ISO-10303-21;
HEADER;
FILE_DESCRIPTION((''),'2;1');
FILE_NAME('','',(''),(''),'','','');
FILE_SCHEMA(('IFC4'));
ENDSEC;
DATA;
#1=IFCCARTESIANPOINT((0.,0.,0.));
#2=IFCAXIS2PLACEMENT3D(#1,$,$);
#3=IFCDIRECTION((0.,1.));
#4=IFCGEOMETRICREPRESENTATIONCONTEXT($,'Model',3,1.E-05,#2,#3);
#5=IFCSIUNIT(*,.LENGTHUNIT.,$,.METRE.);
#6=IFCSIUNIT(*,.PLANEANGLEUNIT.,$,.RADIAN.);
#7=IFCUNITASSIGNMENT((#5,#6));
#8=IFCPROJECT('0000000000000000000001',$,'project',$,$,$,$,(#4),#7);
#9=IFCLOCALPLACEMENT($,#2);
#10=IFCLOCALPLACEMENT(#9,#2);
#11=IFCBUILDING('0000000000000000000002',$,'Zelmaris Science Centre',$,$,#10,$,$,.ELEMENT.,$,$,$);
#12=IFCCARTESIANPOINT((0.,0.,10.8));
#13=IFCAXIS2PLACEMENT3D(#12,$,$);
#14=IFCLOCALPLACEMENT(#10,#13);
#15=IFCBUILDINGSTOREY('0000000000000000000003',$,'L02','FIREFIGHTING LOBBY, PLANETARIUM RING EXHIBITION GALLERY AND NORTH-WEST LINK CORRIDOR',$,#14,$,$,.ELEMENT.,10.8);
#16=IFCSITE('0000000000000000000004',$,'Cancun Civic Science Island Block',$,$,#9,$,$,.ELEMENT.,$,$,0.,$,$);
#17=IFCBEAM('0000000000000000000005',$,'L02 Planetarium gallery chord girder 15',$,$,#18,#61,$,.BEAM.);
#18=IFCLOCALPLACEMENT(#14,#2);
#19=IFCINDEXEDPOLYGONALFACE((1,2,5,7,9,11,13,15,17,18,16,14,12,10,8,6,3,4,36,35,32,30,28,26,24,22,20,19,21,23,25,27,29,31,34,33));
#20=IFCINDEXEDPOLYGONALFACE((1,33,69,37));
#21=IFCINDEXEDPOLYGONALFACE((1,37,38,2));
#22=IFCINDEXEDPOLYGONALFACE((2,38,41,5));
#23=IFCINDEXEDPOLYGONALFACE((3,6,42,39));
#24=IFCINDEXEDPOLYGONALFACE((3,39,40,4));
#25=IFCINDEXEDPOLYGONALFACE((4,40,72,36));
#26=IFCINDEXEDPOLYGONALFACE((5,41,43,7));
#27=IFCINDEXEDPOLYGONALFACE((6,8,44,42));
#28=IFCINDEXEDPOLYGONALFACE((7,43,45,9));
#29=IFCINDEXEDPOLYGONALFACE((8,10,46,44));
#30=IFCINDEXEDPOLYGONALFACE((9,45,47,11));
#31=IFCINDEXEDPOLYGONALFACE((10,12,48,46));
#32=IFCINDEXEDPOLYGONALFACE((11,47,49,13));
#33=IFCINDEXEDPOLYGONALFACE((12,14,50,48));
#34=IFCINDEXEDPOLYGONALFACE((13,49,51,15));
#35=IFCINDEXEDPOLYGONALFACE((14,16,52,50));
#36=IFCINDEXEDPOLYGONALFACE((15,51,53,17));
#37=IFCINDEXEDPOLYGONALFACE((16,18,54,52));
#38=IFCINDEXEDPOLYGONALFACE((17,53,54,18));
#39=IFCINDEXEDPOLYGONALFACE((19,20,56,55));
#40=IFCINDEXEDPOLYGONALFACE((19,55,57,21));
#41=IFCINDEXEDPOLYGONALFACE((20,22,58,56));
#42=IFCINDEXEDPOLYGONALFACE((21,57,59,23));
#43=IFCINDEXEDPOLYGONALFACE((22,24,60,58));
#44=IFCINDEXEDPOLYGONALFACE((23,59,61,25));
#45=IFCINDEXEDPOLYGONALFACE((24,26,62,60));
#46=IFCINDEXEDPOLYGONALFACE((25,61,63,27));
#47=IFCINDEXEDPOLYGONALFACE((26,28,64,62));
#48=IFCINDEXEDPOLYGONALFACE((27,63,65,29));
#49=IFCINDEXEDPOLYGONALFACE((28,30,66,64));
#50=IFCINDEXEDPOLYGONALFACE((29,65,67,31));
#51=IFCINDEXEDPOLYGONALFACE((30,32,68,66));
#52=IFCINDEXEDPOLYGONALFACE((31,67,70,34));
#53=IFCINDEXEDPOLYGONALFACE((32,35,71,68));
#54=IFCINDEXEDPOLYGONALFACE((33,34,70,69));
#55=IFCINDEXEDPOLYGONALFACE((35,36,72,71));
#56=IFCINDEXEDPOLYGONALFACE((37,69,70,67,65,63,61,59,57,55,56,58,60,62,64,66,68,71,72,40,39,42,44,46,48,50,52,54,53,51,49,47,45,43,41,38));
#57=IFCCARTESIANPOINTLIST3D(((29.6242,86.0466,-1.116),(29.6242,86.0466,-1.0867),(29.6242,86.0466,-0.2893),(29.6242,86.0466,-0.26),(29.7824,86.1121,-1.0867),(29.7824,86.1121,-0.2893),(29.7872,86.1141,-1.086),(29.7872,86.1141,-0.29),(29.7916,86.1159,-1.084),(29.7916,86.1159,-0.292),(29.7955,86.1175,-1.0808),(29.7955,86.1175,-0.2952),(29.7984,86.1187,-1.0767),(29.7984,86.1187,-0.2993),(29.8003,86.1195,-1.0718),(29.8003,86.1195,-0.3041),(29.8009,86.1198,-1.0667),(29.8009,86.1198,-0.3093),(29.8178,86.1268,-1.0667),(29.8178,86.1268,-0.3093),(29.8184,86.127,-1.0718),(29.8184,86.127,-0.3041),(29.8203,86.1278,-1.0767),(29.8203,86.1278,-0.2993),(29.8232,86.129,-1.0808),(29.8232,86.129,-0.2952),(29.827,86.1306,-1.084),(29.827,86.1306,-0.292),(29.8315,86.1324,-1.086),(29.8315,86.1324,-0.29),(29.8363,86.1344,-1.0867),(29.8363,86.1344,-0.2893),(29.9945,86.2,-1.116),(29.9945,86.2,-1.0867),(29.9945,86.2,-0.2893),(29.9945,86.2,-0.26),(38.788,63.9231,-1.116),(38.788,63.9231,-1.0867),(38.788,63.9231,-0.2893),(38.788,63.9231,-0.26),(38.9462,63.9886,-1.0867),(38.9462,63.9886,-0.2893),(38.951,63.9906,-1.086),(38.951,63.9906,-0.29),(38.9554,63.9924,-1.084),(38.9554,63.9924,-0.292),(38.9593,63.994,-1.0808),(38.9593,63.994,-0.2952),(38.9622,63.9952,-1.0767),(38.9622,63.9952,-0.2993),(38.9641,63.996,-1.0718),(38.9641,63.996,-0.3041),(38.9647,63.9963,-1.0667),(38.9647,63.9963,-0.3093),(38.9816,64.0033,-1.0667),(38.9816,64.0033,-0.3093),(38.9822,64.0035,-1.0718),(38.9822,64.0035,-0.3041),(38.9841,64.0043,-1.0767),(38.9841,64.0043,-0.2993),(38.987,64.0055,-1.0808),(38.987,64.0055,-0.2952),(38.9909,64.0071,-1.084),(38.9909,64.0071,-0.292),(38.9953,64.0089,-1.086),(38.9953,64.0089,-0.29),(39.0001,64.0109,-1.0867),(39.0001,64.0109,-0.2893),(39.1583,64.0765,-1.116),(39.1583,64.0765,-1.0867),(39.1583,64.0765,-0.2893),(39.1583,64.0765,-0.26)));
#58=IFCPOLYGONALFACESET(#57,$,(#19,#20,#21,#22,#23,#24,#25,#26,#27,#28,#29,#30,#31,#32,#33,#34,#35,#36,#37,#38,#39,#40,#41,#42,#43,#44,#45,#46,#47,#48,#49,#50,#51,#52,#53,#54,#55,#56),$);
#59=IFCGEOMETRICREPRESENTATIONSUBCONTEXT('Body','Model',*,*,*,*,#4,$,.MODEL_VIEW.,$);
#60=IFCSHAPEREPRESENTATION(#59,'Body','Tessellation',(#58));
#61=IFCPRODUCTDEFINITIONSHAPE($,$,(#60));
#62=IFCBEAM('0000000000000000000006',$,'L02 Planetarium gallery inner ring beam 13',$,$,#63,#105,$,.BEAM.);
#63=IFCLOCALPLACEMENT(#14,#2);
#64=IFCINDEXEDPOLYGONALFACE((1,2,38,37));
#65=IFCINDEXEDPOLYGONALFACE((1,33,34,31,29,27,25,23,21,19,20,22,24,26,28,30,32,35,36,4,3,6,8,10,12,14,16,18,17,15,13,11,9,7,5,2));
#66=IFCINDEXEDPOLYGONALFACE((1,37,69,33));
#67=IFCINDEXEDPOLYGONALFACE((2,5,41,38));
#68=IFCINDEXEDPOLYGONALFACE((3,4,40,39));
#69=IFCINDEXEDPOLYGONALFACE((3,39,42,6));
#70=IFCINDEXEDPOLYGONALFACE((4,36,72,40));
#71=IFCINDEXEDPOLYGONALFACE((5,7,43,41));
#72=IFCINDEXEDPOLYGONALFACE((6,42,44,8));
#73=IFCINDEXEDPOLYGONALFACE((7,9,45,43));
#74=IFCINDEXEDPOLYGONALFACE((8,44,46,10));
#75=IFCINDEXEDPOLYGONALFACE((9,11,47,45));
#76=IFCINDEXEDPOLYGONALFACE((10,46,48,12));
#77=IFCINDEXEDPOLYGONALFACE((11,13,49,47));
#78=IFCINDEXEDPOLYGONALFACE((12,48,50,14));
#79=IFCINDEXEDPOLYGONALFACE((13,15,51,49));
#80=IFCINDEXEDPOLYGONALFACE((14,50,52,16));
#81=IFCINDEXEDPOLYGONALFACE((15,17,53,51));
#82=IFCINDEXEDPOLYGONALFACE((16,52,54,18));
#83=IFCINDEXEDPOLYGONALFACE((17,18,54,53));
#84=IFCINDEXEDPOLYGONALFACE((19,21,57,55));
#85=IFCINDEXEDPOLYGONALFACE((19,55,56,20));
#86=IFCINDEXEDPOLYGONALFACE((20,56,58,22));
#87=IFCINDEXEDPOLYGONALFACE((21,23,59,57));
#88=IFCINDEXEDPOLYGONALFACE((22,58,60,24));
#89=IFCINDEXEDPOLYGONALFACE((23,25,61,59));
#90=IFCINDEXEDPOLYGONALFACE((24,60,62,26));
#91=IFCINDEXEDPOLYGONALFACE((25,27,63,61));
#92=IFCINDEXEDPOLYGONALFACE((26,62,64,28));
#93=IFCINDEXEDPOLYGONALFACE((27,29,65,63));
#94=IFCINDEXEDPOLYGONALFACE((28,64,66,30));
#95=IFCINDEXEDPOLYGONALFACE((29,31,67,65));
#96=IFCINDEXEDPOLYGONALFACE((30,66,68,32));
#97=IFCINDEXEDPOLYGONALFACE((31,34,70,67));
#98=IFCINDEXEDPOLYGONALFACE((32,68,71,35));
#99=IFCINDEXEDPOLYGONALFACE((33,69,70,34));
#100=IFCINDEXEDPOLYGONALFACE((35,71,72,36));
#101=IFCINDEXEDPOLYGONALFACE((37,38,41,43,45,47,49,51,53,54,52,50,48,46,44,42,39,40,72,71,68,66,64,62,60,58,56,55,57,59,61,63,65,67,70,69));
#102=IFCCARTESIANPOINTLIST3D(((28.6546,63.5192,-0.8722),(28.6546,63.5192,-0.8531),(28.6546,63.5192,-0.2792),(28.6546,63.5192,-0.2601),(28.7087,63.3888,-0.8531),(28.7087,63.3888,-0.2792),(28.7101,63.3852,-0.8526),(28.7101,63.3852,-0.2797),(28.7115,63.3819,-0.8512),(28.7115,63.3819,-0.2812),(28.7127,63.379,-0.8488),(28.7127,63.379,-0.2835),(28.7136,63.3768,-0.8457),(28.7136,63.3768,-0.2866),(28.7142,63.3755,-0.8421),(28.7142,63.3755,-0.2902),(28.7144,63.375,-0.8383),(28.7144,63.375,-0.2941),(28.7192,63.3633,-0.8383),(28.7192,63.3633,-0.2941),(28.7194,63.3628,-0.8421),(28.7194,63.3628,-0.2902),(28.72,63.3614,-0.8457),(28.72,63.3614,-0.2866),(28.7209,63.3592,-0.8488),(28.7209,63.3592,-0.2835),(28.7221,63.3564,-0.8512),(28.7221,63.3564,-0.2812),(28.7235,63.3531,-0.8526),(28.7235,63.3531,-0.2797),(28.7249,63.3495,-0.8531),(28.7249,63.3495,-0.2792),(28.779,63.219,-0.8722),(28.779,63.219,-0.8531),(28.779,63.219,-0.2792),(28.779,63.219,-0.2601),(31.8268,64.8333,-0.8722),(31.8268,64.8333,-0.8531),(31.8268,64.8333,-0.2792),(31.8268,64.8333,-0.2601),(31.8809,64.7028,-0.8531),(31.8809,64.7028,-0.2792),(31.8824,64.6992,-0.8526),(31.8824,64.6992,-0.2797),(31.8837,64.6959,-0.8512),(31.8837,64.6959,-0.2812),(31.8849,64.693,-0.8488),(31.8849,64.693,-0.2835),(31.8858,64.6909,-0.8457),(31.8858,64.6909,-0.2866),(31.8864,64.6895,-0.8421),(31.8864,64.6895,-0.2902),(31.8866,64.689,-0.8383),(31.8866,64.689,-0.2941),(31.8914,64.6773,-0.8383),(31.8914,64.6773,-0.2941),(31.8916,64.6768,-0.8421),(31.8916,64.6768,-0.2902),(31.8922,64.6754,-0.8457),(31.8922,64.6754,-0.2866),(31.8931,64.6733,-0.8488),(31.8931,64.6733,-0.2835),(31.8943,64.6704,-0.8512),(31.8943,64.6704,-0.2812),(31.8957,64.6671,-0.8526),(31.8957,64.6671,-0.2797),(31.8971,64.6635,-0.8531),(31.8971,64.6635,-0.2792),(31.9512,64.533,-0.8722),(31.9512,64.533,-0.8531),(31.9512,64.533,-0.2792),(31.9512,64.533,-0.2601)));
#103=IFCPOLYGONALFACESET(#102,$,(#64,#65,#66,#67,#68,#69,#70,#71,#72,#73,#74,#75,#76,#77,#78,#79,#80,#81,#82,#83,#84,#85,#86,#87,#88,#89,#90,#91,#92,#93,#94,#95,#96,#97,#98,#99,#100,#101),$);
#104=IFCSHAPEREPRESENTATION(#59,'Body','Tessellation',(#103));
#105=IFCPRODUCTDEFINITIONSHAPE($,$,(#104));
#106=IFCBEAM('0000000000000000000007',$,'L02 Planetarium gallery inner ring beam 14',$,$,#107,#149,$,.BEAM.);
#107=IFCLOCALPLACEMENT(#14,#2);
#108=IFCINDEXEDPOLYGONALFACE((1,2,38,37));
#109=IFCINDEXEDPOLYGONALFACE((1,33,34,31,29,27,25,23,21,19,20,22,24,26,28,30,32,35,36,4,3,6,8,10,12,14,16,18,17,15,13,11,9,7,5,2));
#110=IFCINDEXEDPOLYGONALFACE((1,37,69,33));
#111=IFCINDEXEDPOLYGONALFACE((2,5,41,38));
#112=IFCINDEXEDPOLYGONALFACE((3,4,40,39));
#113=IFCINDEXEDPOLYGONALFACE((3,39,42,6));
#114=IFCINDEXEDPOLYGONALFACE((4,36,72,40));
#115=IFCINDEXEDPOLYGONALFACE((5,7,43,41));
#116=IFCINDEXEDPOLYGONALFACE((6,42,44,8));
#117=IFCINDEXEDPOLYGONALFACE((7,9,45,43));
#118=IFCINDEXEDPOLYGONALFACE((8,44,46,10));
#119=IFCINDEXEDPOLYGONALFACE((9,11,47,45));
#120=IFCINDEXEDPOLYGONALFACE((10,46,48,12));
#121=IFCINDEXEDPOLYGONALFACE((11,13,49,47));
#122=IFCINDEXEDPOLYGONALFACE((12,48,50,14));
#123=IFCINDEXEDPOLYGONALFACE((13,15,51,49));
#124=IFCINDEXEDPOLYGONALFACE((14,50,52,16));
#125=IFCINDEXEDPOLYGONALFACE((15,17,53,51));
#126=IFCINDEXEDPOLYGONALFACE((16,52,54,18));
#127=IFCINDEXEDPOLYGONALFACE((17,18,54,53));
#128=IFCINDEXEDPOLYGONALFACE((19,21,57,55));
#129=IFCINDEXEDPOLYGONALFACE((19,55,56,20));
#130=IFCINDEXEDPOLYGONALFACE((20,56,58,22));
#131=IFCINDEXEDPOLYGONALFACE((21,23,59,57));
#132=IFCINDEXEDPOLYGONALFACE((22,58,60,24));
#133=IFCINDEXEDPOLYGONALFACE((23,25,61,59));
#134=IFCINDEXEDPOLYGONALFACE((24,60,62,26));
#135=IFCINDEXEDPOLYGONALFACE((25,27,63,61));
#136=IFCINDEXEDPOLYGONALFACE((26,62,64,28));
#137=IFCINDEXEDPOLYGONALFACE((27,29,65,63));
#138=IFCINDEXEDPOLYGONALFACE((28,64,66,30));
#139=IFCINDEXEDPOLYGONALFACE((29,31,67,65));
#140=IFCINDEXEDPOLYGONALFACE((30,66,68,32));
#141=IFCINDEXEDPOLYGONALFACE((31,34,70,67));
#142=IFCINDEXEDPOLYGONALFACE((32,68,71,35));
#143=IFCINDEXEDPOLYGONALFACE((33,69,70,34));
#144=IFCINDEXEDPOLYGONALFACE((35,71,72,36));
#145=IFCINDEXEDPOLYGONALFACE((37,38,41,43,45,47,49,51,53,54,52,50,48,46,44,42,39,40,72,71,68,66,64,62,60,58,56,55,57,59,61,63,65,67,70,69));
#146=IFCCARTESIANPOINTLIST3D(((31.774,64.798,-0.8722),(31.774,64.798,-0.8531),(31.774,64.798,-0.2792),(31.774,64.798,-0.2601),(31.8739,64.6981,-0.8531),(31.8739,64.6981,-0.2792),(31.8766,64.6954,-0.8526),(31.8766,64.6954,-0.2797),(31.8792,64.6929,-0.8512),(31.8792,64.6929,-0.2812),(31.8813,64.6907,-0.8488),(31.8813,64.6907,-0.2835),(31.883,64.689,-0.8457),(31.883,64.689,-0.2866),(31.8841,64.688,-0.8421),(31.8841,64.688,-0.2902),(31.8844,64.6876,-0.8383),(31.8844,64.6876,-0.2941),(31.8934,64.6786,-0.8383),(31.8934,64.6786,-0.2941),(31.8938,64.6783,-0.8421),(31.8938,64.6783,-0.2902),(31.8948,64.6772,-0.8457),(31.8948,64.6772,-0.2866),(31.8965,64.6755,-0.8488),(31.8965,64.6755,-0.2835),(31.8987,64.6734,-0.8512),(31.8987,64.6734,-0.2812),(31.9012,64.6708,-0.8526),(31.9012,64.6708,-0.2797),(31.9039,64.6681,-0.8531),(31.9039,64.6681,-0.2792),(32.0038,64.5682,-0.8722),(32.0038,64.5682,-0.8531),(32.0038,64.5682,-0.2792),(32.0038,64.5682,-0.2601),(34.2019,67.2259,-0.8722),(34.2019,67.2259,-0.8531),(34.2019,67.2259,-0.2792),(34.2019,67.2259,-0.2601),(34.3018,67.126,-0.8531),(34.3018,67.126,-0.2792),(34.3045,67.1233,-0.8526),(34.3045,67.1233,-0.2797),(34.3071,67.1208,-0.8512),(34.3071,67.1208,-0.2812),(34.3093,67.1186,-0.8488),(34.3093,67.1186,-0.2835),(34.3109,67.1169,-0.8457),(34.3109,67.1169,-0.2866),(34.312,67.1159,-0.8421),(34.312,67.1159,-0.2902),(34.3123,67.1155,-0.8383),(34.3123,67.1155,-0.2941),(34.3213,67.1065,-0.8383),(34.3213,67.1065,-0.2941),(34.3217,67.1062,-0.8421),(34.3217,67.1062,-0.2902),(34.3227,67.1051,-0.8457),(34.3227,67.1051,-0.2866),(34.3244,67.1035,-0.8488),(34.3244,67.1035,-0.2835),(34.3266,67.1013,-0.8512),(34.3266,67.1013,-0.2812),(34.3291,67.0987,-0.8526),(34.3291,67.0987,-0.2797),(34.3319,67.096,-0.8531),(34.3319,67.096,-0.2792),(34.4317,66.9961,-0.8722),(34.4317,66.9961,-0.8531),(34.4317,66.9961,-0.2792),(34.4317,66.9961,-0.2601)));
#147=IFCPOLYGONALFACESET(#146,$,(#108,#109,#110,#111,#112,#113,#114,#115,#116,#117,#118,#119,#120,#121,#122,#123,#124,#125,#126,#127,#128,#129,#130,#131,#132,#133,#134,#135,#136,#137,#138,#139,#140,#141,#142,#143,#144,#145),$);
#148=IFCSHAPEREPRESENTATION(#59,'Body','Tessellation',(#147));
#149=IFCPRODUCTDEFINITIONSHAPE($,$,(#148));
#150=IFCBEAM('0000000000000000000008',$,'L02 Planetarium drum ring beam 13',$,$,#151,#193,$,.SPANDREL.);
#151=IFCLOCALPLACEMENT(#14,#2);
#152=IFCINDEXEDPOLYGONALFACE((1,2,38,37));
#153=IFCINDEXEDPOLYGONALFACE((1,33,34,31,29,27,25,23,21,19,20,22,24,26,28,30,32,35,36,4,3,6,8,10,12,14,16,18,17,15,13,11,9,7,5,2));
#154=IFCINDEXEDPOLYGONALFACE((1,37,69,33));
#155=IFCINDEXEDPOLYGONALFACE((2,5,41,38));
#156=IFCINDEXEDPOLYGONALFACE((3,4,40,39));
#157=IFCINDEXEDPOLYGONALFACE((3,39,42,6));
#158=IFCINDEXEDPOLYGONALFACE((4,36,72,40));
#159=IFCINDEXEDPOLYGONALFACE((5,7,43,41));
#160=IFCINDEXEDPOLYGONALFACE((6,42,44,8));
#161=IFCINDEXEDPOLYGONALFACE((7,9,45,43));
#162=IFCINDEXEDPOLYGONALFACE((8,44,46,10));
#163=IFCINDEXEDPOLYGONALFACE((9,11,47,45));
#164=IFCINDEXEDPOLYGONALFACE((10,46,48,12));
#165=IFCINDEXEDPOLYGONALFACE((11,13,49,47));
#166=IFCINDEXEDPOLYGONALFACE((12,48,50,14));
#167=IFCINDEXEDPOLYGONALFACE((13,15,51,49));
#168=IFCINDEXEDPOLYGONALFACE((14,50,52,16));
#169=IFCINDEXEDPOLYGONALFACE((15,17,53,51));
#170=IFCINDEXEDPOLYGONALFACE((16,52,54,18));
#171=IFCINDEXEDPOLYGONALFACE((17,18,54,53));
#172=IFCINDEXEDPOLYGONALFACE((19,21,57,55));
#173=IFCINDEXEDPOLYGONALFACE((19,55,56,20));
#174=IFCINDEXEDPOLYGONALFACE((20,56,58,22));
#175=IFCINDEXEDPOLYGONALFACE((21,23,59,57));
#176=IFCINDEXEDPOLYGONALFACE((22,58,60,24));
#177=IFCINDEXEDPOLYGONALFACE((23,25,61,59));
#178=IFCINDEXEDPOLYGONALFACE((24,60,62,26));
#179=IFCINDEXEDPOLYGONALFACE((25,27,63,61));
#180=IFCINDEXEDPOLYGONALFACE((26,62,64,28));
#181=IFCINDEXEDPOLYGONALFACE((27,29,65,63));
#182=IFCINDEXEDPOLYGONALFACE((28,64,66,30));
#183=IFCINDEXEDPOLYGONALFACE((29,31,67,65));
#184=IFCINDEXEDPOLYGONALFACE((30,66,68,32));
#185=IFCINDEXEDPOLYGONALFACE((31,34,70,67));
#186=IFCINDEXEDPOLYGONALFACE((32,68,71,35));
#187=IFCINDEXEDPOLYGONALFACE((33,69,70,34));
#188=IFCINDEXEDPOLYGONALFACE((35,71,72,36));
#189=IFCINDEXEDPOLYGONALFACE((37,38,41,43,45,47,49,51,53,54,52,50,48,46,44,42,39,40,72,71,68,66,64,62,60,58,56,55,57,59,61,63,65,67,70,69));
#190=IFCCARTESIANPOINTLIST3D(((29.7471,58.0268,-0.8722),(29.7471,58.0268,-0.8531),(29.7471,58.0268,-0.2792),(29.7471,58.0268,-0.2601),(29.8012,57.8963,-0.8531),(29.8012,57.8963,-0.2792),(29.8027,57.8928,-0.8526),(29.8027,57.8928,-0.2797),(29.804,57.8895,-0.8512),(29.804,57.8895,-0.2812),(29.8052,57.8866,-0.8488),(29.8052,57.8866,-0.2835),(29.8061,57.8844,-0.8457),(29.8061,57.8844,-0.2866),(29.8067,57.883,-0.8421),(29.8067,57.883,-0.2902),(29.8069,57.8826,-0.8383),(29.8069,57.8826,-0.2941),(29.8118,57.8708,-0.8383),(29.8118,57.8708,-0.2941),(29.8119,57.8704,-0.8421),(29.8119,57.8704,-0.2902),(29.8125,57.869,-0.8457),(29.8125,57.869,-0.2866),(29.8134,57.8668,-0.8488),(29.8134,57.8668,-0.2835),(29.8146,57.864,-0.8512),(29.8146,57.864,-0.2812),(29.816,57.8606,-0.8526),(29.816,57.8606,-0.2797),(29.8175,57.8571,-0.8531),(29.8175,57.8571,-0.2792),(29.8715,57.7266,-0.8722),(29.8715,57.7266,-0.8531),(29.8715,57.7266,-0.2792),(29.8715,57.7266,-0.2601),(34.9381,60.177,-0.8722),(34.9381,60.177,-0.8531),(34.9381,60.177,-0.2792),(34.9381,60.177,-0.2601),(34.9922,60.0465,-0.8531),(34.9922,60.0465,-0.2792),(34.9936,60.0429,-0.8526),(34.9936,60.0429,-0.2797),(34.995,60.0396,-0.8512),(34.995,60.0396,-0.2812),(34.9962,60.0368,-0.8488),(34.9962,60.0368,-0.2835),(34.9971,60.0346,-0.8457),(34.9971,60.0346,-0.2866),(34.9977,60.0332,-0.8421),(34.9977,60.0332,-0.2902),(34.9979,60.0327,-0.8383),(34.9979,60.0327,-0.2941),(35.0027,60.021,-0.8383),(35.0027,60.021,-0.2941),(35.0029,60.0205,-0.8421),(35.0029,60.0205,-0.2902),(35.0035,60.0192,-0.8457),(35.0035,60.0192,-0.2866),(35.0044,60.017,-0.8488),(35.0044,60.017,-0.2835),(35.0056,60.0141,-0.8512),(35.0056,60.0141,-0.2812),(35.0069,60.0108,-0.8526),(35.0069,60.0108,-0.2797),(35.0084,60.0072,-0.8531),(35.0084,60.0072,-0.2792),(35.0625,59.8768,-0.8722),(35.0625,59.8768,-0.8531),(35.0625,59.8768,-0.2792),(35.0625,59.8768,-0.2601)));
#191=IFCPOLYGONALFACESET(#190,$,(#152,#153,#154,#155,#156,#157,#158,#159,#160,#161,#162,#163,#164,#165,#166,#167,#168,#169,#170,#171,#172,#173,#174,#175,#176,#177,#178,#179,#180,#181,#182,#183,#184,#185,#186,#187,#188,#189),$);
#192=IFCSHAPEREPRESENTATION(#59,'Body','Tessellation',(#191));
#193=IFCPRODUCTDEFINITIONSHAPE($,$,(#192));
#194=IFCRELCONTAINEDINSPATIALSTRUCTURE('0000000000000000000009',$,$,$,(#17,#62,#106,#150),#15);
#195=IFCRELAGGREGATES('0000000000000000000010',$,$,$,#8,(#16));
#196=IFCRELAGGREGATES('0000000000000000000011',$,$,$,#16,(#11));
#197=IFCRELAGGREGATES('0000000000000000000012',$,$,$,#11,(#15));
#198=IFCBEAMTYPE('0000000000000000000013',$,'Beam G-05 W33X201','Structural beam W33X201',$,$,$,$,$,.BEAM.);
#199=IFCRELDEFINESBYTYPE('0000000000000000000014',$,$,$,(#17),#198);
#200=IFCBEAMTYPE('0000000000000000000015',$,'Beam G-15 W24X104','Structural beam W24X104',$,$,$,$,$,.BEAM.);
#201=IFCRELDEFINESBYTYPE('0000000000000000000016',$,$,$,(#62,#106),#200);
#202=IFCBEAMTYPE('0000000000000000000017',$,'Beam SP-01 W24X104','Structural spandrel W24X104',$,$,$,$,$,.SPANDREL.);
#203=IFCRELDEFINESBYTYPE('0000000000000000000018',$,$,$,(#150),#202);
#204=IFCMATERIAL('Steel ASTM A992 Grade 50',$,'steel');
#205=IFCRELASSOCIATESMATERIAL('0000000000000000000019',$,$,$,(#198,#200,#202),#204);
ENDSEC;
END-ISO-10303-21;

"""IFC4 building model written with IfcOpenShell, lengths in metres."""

from ifc_helpers import new_model, si_unit, direction, frame, origin, origin_2d, place, context, subcontext, project, spatial, i_section, extrude, material, material_profile, profile_set, type_object, element, save


model = new_model("IFC4")

# Units and contexts
model_context = context("Model", 3, precision=1e-05, world=origin(), true_north=direction((0.0, 1.0)))
body_context = subcontext(model_context, "Body", "Model", "MODEL_VIEW")
ifc_project = project(units=[si_unit("LENGTHUNIT", "METRE"), si_unit("PLANEANGLEUNIT", "RADIAN")], contexts=[model_context])

# Site, building, storey
site_placement = place(None, origin())
site = spatial("IfcSite", under=ifc_project, at=site_placement, Name="Cancun Civic Science Island Block", CompositionType="ELEMENT", RefElevation=0.0)
building_placement = place(site_placement, origin())
building = spatial("IfcBuilding", under=site, at=building_placement, Name="Zelmaris Science Centre", CompositionType="ELEMENT")
storey_placement = place(building_placement, frame((0.0, 0.0, 10.8)))
storey = spatial("IfcBuildingStorey", under=building, at=storey_placement, Name="L02", Description="FIREFIGHTING LOBBY, PLANETARIUM RING EXHIBITION GALLERY AND NORTH-WEST LINK CORRIDOR", CompositionType="ELEMENT", Elevation=10.8)

# Shared definitions
ifc_material_1 = material(Name="Steel ASTM A992 Grade 50", Category="steel")

# Beams
ifc_material_profile_1 = material_profile(ifc_material_1, i_section(OverallWidth=0.4009, OverallDepth=0.856, WebThickness=0.0183, FlangeThickness=0.0293, FilletRadius=0.02, at=origin_2d()), Name="W33X201")
ifc_profile_set_1 = profile_set([ifc_material_profile_1], Name="Steel ASTM A992 Grade 50")
beam_type_1 = type_object("IfcBeamType", Name="Beam G-05 W33X201", Description="Structural beam W33X201", PredefinedType="BEAM", material=ifc_profile_set_1)
for number, where, z_axis, x_axis, name in (
    (1, (38.9731, 63.9998, -0.688), (-0.382682, 0.92388, 0.0), (-0.92388, -0.382682, 0.0), "L02 Planetarium gallery chord girder 15"),
):
    element("IfcBeam", number, at=place(storey_placement, frame(where, z_axis=z_axis, x_axis=x_axis)), inside=storey, type_object=beam_type_1, Name=name, PredefinedType="BEAM", context=body_context, shape_type="SweptSolid", body=[
        extrude(i_section(OverallWidth=0.4009, OverallDepth=0.856, WebThickness=0.0183, FlangeThickness=0.0293, FilletRadius=0.02, at=origin_2d()), origin(), (0.0, 0.0, 1.0), 23.9463),
    ])
ifc_material_profile_2 = material_profile(ifc_material_1, i_section(OverallWidth=0.325, OverallDepth=0.6121, WebThickness=0.0127, FlangeThickness=0.019, FilletRadius=0.0149, at=origin_2d()), Name="W24X104")
ifc_profile_set_2 = profile_set([ifc_material_profile_2], Name="Steel ASTM A992 Grade 50")
beam_type_2 = type_object("IfcBeamType", Name="Beam G-15 W24X104", Description="Structural beam W24X104", PredefinedType="BEAM", material=ifc_profile_set_2)
for number, where, z_axis, x_axis, name in (
    (2, (28.7168, 63.3691, -0.5662), (0.923876, 0.382691, 0.0), (-0.382691, 0.923876, 0.0), "L02 Planetarium gallery inner ring beam 13"),
    (3, (31.8889, 64.6831, -0.5662), (0.707107, 0.707107, 0.0), (-0.707107, 0.707107, 0.0), "L02 Planetarium gallery inner ring beam 14"),
):
    element("IfcBeam", number, at=place(storey_placement, frame(where, z_axis=z_axis, x_axis=x_axis)), inside=storey, type_object=beam_type_2, Name=name, PredefinedType="BEAM", context=body_context, shape_type="SweptSolid", body=[
        extrude(i_section(OverallWidth=0.325, OverallDepth=0.6121, WebThickness=0.0127, FlangeThickness=0.019, FilletRadius=0.0149, at=origin_2d()), origin(), (0.0, 0.0, 1.0), 3.4336),
    ])
ifc_material_profile_3 = material_profile(ifc_material_1, i_section(OverallWidth=0.325, OverallDepth=0.6121, WebThickness=0.0127, FlangeThickness=0.019, FilletRadius=0.0149, at=origin_2d()), Name="W24X104")
ifc_profile_set_3 = profile_set([ifc_material_profile_3], Name="Steel ASTM A992 Grade 50")
beam_type_3 = type_object("IfcBeamType", Name="Beam SP-01 W24X104", Description="Structural spandrel W24X104", PredefinedType="SPANDREL", material=ifc_profile_set_3)
beam_1_placement = place(storey_placement, frame((29.8093, 57.8767, -0.5662), z_axis=(0.92388, 0.382683, 0.0), x_axis=(-0.382683, 0.92388, 0.0)))
element("IfcBeam", 4, at=beam_1_placement, inside=storey, type_object=beam_type_3, Name="L02 Planetarium drum ring beam 13", PredefinedType="SPANDREL", context=body_context, shape_type="SweptSolid", body=[
    extrude(i_section(OverallWidth=0.325, OverallDepth=0.6121, WebThickness=0.0127, FlangeThickness=0.019, FilletRadius=0.0149, at=origin_2d()), origin(), (0.0, 0.0, 1.0), 5.6187),
])

save(model, "model.ifc")
